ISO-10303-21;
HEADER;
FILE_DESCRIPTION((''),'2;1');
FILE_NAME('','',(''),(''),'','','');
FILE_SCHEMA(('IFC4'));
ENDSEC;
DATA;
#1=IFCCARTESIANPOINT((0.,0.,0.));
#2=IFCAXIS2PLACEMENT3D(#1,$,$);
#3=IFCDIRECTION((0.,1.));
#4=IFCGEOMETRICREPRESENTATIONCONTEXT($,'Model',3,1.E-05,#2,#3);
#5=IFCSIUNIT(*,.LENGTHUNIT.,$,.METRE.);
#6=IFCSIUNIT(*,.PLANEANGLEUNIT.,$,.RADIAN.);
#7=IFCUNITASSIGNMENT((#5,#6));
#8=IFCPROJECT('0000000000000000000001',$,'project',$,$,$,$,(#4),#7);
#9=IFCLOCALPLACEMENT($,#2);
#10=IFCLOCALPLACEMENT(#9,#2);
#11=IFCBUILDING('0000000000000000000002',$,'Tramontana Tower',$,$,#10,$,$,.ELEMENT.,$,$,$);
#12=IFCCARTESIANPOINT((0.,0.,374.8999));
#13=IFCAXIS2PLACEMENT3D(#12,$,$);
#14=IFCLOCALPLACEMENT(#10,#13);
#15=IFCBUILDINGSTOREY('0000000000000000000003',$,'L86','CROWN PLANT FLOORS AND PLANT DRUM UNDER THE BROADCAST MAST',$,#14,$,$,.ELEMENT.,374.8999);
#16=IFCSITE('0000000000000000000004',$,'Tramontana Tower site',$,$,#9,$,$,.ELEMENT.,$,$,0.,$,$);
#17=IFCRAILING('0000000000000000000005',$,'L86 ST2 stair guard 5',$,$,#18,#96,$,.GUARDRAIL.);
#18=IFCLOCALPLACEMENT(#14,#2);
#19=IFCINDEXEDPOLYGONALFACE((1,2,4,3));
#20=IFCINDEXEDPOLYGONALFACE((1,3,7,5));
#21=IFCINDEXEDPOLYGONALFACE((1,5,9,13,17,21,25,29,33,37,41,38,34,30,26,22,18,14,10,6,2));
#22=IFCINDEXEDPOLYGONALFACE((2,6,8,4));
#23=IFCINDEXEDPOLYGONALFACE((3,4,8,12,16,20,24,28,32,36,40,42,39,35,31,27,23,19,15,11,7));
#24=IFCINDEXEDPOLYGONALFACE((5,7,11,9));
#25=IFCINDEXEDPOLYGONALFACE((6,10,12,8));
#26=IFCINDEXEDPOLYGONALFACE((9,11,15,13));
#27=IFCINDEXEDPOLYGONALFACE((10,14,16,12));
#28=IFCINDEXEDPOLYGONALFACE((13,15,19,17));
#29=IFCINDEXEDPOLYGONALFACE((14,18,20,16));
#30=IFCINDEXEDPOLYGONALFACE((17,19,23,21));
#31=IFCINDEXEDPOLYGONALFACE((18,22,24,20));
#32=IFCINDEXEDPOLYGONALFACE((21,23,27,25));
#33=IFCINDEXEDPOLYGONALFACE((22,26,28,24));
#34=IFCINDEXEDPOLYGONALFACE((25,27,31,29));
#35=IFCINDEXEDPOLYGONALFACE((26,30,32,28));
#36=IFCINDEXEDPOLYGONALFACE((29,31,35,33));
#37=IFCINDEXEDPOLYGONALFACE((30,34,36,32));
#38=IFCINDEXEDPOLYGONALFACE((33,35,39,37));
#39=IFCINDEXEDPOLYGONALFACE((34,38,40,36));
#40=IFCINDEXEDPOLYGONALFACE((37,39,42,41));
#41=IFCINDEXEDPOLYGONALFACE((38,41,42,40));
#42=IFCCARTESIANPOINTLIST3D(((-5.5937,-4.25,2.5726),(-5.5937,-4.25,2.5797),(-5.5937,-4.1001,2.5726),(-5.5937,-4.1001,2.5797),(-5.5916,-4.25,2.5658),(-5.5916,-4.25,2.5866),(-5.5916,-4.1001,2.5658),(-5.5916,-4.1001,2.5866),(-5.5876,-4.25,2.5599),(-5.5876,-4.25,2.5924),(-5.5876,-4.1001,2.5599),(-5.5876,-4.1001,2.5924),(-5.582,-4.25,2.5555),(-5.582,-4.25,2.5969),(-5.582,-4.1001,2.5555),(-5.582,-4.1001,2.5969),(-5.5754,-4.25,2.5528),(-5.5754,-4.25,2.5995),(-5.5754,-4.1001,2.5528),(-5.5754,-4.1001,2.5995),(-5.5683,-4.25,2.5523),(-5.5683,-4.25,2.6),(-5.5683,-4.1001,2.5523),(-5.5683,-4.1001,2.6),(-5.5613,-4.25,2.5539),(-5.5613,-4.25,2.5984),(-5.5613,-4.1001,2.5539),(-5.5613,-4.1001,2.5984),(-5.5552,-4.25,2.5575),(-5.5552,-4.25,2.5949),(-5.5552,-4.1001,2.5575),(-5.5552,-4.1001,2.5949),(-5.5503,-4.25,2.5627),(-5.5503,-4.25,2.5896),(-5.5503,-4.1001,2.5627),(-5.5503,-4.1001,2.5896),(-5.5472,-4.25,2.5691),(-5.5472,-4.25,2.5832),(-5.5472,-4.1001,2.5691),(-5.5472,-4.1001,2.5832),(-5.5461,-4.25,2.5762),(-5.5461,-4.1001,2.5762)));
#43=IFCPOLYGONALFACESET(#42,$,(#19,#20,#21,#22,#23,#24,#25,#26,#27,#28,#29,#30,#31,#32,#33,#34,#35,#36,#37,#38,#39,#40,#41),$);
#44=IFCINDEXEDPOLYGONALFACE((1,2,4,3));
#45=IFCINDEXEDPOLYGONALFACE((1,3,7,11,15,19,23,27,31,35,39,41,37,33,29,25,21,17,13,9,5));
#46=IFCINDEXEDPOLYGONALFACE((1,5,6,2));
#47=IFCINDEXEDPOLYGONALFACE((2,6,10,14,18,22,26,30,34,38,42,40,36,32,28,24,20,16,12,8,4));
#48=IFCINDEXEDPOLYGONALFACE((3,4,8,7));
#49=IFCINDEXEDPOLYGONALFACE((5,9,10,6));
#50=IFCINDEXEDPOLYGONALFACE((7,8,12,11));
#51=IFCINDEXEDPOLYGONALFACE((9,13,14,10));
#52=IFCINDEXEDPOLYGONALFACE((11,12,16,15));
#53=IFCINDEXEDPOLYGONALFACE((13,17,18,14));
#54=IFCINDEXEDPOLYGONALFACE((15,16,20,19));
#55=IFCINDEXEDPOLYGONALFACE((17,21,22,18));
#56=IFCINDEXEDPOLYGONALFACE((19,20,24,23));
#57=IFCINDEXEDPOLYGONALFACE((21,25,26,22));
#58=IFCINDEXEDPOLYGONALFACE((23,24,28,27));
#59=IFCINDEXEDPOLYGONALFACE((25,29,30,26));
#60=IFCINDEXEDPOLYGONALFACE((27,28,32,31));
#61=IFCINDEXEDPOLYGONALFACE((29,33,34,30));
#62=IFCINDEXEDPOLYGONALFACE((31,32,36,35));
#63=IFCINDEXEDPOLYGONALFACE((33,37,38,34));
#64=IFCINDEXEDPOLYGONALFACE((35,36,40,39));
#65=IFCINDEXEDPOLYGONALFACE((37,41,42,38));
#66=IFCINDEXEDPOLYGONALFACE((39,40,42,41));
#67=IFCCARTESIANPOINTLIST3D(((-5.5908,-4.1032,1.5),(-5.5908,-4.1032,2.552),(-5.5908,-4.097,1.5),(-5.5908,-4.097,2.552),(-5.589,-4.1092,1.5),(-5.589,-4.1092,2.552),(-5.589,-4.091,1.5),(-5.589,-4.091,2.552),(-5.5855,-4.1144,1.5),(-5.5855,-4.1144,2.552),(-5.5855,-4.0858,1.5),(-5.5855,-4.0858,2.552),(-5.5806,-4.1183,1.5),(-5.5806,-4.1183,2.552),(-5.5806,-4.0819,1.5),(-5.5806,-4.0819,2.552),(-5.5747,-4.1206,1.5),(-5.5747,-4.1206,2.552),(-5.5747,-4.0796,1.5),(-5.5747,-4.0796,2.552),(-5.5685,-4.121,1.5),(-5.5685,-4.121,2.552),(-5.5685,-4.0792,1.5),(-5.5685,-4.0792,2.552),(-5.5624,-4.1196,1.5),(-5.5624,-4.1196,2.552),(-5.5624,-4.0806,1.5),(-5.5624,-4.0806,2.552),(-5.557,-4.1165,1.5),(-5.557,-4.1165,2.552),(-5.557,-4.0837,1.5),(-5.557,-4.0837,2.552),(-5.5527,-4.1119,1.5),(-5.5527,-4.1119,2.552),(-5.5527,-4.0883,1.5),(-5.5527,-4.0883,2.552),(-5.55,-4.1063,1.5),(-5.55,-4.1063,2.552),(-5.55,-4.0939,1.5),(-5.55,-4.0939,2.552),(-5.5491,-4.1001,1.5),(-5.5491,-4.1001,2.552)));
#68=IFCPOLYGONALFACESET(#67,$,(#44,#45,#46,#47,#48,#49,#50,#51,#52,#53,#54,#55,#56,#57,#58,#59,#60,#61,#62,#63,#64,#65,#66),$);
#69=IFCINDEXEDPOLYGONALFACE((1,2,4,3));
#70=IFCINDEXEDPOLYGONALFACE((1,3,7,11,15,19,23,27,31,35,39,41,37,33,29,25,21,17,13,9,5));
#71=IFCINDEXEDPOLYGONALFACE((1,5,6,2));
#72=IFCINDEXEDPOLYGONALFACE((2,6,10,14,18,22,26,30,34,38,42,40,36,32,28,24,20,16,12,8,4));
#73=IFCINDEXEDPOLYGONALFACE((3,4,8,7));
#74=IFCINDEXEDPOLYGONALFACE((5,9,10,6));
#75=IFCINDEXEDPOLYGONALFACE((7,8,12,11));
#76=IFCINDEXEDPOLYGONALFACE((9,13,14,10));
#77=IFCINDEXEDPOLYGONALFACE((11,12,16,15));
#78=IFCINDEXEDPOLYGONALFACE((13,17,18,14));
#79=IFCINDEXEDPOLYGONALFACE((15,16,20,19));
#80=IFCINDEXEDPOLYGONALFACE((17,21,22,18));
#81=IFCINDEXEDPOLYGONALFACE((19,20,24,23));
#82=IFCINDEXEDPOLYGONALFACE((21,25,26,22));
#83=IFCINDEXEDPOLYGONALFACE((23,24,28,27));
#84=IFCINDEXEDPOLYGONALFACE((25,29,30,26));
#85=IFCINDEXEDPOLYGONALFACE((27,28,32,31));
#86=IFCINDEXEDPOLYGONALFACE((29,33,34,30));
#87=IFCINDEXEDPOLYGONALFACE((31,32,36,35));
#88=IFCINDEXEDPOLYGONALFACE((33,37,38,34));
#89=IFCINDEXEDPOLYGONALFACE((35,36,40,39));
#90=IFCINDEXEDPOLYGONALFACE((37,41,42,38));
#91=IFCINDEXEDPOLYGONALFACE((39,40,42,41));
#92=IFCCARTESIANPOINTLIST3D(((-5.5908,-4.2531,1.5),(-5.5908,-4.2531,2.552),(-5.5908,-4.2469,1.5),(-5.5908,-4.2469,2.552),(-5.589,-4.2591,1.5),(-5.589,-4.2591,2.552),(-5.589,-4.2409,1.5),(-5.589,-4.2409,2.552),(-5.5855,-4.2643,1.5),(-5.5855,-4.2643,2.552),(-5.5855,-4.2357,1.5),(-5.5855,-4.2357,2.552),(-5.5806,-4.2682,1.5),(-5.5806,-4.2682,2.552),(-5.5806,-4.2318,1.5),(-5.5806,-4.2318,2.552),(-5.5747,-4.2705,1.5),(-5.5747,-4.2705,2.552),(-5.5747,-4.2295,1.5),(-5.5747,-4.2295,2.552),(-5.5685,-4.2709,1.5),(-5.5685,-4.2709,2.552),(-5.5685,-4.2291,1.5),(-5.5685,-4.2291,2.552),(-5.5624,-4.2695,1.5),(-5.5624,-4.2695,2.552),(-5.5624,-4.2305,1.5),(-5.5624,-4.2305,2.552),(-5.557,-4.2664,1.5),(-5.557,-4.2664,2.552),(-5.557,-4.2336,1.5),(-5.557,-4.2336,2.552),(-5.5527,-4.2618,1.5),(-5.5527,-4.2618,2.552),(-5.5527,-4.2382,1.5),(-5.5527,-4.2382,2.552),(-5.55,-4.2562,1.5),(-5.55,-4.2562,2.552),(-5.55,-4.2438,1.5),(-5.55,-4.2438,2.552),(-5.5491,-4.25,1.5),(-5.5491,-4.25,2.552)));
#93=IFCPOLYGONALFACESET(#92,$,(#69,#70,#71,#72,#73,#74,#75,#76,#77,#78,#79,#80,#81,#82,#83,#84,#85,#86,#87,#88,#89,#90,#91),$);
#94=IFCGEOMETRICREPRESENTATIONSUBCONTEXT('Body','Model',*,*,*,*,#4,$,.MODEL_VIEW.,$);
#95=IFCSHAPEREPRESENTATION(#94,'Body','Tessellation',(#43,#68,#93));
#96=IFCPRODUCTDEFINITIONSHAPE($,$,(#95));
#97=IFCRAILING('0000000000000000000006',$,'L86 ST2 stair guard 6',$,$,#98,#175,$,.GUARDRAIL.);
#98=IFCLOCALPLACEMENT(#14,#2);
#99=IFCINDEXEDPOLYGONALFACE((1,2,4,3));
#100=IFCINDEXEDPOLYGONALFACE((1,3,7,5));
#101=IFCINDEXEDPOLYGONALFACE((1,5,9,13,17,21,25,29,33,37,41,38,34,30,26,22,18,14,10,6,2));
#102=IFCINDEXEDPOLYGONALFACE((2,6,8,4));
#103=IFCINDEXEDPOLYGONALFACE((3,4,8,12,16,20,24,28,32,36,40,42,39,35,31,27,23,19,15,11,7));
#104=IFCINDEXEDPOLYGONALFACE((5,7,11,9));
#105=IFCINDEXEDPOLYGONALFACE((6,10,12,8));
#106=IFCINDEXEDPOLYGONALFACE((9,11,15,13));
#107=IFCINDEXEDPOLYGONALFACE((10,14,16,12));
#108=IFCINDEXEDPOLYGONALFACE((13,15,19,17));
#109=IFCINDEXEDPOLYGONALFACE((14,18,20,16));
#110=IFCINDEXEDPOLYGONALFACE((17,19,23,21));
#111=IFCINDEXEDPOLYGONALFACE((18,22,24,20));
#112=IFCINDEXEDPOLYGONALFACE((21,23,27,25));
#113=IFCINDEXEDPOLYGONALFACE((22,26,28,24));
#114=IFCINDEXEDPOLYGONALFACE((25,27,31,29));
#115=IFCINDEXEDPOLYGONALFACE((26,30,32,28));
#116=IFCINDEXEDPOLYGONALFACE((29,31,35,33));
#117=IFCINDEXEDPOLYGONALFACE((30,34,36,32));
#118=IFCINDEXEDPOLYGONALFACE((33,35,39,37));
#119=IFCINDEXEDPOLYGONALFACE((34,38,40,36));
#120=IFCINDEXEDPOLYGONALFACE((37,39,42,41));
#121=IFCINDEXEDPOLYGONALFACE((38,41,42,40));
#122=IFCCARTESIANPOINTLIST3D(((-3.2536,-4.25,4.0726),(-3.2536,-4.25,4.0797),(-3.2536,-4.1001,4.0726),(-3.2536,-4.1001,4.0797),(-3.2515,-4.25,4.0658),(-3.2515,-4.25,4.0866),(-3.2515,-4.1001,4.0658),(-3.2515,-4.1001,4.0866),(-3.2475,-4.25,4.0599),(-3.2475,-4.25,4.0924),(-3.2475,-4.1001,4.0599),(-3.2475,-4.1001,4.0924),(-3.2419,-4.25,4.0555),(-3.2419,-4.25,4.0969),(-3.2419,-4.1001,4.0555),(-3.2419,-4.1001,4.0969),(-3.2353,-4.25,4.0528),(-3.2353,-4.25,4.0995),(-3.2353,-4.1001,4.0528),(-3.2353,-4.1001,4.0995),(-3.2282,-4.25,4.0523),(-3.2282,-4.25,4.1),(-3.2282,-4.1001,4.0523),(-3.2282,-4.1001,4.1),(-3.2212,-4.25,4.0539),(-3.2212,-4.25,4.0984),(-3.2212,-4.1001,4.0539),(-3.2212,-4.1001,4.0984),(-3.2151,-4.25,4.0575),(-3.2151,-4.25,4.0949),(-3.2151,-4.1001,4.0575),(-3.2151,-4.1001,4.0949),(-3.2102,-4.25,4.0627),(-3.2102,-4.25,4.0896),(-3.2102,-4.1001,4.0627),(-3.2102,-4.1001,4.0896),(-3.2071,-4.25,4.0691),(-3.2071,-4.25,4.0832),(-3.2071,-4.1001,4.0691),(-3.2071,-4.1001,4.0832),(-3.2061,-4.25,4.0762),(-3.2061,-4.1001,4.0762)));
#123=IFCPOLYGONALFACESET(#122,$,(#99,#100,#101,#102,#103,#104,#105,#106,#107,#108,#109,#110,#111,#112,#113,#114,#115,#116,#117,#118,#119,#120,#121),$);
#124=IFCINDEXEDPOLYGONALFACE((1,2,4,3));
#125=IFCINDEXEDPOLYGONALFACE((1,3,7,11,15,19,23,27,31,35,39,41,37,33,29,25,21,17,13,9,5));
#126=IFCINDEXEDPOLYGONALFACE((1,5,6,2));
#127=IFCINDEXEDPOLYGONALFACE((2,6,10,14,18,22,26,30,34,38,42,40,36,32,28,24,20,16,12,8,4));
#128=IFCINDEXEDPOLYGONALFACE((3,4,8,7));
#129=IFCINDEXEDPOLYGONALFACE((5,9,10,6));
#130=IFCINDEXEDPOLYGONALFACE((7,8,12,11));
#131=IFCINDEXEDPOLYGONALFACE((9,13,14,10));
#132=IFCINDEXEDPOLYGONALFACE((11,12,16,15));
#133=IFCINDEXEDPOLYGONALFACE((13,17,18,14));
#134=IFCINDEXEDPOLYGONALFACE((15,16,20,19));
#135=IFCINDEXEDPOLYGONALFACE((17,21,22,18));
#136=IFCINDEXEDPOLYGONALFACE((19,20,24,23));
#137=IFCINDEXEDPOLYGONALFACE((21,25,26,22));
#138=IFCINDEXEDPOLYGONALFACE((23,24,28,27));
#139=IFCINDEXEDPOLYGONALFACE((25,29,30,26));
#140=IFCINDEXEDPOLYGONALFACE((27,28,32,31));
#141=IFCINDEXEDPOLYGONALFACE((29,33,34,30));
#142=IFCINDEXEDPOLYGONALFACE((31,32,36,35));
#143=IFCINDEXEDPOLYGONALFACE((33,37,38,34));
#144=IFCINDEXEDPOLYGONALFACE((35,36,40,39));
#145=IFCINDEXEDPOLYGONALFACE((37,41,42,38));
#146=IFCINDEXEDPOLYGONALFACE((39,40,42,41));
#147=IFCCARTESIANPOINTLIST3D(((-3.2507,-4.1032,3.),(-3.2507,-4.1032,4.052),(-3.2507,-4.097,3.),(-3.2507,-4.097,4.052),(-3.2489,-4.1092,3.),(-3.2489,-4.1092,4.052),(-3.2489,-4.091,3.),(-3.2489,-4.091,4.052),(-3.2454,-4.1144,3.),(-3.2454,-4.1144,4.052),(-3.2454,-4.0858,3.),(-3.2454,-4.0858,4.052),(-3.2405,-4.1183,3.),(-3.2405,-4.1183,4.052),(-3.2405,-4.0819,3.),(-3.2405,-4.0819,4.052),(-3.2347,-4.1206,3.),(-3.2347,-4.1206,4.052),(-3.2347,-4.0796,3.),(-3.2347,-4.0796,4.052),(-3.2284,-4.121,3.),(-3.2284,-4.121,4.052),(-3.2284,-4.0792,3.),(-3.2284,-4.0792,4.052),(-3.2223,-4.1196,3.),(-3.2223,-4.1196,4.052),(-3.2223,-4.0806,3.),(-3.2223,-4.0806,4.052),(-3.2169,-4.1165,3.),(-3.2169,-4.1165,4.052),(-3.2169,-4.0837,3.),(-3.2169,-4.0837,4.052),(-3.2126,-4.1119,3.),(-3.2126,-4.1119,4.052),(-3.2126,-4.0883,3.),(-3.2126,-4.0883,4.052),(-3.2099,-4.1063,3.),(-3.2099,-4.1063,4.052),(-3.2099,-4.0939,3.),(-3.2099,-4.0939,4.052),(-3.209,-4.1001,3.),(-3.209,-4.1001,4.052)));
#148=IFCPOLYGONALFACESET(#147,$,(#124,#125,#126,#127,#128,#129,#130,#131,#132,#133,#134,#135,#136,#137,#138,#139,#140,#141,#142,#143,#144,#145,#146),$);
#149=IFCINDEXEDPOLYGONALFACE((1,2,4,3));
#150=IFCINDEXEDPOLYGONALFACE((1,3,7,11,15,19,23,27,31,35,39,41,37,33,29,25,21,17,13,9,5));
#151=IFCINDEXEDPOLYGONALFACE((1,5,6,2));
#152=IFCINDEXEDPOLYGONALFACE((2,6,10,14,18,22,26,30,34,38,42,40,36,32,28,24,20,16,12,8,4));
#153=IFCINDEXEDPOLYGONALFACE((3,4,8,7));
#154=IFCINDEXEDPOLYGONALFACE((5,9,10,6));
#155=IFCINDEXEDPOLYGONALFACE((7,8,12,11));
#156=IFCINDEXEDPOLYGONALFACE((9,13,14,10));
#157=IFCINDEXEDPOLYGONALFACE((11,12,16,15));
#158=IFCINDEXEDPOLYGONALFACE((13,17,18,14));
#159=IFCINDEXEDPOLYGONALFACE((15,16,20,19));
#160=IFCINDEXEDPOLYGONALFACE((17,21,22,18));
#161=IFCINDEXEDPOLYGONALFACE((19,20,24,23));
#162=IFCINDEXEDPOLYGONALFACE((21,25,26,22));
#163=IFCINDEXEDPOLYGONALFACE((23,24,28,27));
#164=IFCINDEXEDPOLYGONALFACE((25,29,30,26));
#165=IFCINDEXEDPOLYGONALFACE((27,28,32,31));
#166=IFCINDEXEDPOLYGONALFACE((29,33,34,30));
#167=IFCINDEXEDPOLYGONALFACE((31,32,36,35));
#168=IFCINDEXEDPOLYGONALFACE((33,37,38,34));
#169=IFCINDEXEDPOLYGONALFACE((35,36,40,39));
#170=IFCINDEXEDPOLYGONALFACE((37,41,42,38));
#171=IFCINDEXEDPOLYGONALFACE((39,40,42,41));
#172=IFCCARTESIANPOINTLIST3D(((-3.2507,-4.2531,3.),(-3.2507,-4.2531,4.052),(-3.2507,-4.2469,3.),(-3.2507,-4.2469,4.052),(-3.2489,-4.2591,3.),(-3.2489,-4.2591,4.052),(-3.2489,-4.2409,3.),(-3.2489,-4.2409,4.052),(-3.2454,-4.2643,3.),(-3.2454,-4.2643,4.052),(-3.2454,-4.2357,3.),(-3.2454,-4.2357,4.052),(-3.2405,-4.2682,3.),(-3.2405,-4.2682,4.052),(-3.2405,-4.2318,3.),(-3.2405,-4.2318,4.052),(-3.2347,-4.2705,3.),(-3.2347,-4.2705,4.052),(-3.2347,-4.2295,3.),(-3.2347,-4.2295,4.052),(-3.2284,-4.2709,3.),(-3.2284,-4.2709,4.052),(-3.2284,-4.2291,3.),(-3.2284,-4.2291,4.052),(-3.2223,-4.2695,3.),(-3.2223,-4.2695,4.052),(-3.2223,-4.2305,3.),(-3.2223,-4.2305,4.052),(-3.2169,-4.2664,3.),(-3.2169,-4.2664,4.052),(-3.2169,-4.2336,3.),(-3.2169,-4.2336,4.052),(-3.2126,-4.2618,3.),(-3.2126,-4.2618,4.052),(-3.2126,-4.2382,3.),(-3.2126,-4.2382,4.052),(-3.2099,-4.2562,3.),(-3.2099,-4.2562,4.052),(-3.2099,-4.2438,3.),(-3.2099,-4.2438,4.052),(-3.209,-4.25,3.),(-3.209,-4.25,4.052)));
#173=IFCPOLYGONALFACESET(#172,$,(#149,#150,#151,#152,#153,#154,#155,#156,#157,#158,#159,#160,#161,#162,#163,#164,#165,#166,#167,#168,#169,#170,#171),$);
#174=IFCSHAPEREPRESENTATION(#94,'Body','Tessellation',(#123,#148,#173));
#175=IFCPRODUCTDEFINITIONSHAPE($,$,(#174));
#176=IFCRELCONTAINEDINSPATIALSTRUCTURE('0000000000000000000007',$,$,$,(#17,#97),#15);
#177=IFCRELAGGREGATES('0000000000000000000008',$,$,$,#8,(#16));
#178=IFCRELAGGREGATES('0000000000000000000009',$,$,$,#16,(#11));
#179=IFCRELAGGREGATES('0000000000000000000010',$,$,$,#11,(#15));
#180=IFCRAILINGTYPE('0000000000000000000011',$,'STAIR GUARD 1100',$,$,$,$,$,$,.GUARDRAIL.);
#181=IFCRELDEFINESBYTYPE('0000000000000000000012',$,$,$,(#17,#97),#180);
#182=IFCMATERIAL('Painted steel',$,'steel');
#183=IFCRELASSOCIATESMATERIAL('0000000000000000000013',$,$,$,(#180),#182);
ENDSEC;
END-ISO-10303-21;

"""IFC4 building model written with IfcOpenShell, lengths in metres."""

from ifc_helpers import new_model, si_unit, direction, frame, origin, origin_2d, place, context, subcontext, project, spatial, circle, extrude, material, type_object, element, save


model = new_model("IFC4")

# Units and contexts
model_context = context("Model", 3, precision=1e-05, world=origin(), true_north=direction((0.0, 1.0)))
body_context = subcontext(model_context, "Body", "Model", "MODEL_VIEW")
ifc_project = project(units=[si_unit("LENGTHUNIT", "METRE"), si_unit("PLANEANGLEUNIT", "RADIAN")], contexts=[model_context])

# Site, building, storey
site_placement = place(None, origin())
site = spatial("IfcSite", under=ifc_project, at=site_placement, Name="Tramontana Tower site", CompositionType="ELEMENT", RefElevation=0.0)
building_placement = place(site_placement, origin())
building = spatial("IfcBuilding", under=site, at=building_placement, Name="Tramontana Tower", CompositionType="ELEMENT")
storey_placement = place(building_placement, frame((0.0, 0.0, 374.8999)))
storey = spatial("IfcBuildingStorey", under=building, at=storey_placement, Name="L86", Description="CROWN PLANT FLOORS AND PLANT DRUM UNDER THE BROADCAST MAST", CompositionType="ELEMENT", Elevation=374.8999)

# Railings
ifc_material_1 = material(Name="Painted steel", Category="steel")
railing_type_1 = type_object("IfcRailingType", Name="STAIR GUARD 1100", PredefinedType="GUARDRAIL", material=ifc_material_1)
for number, where, name in (
    (1, (-5.5701, -4.1001, 1.5), "L86 ST2 stair guard 5"),
    (2, (-3.23, -4.1001, 3.0), "L86 ST2 stair guard 6"),
):
    element("IfcRailing", number, at=place(storey_placement, frame(where)), inside=storey, type_object=railing_type_1, Name=name, PredefinedType="GUARDRAIL", context=body_context, shape_type="SweptSolid", body=[
        extrude(circle(Radius=0.0239, at=origin_2d()), frame((0.0, 0.0, 1.0762), z_axis=(0.0, -1.0, 0.0), x_axis=(1.0, 0.0, 0.0)), (0.0, 0.0, 1.0), 0.1499),
        extrude(circle(Radius=0.021, at=origin_2d()), origin(), (0.0, 0.0, 1.0), 1.052),
        extrude(circle(Radius=0.021, at=origin_2d()), frame((0.0, -0.1499, 0.0)), (0.0, 0.0, 1.0), 1.052),
    ])

save(model, "model.ifc")
